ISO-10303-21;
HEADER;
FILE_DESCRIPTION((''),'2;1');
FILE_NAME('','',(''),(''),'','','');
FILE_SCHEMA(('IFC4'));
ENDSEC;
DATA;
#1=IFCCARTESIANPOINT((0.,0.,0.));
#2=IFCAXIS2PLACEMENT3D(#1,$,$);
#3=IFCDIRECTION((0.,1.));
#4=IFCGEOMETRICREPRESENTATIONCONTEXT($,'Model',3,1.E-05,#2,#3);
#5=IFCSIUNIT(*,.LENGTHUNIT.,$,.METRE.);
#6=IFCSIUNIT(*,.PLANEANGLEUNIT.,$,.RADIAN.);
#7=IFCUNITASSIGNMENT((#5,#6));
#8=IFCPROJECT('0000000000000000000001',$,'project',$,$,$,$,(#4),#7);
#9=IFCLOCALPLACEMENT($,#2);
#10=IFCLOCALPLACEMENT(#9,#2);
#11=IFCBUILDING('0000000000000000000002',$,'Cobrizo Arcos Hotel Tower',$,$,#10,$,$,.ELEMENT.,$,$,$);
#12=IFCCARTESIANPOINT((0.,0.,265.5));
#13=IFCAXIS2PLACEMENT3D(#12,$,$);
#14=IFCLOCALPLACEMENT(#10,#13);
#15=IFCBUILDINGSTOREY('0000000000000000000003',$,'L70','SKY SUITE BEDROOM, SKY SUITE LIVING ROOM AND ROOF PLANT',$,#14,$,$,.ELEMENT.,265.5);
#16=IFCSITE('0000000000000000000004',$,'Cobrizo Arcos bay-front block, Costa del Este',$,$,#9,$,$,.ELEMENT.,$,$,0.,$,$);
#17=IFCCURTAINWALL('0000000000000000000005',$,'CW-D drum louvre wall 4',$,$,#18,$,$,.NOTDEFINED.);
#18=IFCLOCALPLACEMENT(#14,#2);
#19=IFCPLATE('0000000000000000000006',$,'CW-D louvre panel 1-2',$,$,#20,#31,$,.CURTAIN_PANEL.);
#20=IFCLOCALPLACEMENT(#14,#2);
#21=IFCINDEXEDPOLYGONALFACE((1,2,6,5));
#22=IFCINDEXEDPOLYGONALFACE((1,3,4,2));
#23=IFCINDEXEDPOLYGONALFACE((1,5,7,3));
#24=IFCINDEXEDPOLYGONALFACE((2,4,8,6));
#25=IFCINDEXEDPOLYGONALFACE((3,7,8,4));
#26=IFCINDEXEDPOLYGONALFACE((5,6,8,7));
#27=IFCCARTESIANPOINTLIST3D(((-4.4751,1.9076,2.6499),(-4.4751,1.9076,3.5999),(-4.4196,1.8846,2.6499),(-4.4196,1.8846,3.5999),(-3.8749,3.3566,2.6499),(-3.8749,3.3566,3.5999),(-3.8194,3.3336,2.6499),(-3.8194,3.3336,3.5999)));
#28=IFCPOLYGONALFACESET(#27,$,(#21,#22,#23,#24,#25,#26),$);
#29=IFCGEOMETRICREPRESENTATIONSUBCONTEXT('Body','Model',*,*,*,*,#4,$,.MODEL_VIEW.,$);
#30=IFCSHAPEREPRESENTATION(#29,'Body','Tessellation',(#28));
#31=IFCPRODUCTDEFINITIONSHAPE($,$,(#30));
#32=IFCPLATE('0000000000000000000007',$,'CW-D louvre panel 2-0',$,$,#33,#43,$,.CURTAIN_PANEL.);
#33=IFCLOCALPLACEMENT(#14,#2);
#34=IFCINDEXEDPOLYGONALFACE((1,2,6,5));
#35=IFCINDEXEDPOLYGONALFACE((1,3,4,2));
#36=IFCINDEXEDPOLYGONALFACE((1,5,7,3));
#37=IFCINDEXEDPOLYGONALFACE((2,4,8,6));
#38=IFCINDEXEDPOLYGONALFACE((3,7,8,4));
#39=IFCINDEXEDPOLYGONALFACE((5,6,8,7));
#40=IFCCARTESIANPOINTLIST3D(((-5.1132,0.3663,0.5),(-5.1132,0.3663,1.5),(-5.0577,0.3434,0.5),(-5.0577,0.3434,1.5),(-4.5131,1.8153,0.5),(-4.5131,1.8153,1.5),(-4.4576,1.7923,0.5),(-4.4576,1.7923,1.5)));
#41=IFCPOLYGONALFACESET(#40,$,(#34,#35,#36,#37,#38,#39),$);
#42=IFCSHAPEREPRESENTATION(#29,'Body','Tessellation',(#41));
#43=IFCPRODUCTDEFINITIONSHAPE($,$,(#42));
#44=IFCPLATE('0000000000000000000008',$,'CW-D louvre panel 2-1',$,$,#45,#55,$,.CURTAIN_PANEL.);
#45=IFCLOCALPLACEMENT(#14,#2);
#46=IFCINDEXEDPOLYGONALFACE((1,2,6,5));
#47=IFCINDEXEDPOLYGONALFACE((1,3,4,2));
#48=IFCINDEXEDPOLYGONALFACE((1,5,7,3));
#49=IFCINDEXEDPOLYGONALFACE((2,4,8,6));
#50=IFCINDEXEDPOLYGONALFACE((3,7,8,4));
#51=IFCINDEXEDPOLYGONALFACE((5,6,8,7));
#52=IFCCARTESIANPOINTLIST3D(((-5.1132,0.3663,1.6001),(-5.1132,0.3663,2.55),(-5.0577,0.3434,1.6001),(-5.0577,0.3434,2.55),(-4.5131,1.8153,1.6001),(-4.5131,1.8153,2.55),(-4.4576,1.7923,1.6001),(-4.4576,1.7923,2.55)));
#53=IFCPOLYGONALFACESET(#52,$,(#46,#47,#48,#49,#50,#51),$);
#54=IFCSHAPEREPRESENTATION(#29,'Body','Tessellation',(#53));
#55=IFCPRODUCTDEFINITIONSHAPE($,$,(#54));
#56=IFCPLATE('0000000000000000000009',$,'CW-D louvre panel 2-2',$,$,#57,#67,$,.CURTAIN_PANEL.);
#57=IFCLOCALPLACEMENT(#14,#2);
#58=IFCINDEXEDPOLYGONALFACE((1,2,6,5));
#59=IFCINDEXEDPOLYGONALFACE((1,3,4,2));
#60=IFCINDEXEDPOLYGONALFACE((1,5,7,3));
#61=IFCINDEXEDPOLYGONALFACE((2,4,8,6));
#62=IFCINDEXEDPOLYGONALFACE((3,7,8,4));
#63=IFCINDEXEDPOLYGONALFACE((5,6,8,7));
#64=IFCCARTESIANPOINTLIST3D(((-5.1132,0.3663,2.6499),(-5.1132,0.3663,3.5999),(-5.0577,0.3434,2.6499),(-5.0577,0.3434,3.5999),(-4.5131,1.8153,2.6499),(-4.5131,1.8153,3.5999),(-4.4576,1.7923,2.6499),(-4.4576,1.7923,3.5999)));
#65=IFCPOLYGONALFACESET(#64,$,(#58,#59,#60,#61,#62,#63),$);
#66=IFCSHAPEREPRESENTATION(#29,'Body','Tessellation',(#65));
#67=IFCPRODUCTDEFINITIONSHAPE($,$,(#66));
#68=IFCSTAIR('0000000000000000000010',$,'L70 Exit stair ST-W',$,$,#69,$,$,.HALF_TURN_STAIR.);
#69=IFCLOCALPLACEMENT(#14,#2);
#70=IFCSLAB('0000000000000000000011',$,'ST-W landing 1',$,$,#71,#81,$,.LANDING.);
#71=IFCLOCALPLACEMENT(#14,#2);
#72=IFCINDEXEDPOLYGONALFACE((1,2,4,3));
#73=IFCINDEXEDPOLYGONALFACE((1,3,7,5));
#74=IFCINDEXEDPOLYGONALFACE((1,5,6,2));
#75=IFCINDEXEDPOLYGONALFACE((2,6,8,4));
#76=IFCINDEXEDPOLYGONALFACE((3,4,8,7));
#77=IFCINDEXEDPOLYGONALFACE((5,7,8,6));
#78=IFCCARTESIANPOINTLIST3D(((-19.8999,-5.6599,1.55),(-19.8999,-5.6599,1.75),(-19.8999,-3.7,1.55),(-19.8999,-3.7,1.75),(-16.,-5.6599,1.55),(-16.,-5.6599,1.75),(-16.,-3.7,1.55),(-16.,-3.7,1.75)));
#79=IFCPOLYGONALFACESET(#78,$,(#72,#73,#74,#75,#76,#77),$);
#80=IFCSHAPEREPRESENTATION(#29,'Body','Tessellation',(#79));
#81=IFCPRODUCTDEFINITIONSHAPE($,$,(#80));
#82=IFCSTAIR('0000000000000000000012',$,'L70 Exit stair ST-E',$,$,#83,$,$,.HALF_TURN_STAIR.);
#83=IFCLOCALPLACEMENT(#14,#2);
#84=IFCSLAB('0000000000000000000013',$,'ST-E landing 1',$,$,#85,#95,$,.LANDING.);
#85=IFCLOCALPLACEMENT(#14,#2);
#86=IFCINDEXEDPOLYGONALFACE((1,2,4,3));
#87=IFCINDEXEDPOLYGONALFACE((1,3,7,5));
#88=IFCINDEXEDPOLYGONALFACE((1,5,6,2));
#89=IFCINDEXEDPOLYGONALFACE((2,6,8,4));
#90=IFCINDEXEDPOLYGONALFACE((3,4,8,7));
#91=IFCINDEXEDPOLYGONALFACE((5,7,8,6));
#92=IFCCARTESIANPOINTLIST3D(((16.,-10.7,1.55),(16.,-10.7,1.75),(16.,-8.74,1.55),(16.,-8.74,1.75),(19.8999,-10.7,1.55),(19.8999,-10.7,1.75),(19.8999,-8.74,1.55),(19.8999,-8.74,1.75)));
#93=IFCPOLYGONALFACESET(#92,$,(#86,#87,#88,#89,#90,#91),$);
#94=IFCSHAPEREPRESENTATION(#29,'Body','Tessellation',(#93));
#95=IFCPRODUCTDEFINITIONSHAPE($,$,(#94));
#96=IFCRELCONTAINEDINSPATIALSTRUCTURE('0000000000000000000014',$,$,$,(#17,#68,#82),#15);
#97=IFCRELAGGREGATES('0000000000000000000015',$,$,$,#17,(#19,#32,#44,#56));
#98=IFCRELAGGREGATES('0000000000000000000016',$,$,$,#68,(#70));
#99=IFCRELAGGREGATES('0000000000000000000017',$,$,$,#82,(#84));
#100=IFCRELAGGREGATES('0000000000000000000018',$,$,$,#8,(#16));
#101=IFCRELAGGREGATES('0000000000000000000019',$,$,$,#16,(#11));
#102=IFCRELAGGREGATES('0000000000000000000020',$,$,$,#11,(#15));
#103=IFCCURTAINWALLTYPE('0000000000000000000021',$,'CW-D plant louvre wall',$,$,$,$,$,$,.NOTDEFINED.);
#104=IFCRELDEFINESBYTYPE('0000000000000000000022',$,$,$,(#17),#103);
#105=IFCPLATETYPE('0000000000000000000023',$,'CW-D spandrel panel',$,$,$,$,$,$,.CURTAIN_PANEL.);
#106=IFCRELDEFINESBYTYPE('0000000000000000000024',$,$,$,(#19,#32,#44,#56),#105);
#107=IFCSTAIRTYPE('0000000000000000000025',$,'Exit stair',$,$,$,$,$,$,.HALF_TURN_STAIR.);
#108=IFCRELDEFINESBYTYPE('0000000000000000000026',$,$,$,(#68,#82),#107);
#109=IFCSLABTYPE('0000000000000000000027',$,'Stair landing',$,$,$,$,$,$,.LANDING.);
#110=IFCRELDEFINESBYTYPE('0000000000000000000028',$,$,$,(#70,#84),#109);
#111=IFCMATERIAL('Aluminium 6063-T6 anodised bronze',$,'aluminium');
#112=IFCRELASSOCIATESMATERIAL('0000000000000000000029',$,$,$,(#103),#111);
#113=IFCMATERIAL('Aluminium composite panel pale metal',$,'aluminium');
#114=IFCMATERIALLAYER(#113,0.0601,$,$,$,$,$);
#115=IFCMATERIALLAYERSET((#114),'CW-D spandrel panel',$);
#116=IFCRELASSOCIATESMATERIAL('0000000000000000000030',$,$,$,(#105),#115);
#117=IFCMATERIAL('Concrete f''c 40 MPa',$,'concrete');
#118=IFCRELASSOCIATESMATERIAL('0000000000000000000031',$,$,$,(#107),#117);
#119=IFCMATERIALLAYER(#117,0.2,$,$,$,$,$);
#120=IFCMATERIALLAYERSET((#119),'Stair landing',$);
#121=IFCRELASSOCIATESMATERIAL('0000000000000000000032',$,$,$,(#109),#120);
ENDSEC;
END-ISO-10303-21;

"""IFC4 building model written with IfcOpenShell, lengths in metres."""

from ifc_helpers import new_model, si_unit, direction, frame, origin, origin_2d, place, context, subcontext, project, spatial, polyline, rectangle, outline, extrude, material, layer, layer_set, type_object, element, aggregate, save


model = new_model("IFC4")

# Units and contexts
model_context = context("Model", 3, precision=1e-05, world=origin(), true_north=direction((0.0, 1.0)))
body_context = subcontext(model_context, "Body", "Model", "MODEL_VIEW")
ifc_project = project(units=[si_unit("LENGTHUNIT", "METRE"), si_unit("PLANEANGLEUNIT", "RADIAN")], contexts=[model_context])

# Site, building, storey
site_placement = place(None, origin())
site = spatial("IfcSite", under=ifc_project, at=site_placement, Name="Cobrizo Arcos bay-front block, Costa del Este", CompositionType="ELEMENT", RefElevation=0.0)
building_placement = place(site_placement, origin())
building = spatial("IfcBuilding", under=site, at=building_placement, Name="Cobrizo Arcos Hotel Tower", CompositionType="ELEMENT")
storey_placement = place(building_placement, frame((0.0, 0.0, 265.5)))
storey = spatial("IfcBuildingStorey", under=building, at=storey_placement, Name="L70", Description="SKY SUITE BEDROOM, SKY SUITE LIVING ROOM AND ROOF PLANT", CompositionType="ELEMENT", Elevation=265.5)

# Curtain wall
ifc_material_1 = material(Name="Aluminium 6063-T6 anodised bronze", Category="aluminium")
curtain_wall_type = type_object("IfcCurtainWallType", Name="CW-D plant louvre wall", PredefinedType="NOTDEFINED", material=ifc_material_1)
curtain_wall_1_placement = place(storey_placement, origin())
curtain_wall_1 = element("IfcCurtainWall", 1, at=curtain_wall_1_placement, inside=storey, type_object=curtain_wall_type, Name="CW-D drum louvre wall 4", PredefinedType="NOTDEFINED")

# Shared definitions
ifc_material_2 = material(Name="Aluminium composite panel pale metal", Category="aluminium")
ifc_layer_1 = layer(ifc_material_2, 0.0601)
ifc_layer_set_1 = layer_set([ifc_layer_1], Name="CW-D spandrel panel")
plate_type = type_object("IfcPlateType", Name="CW-D spandrel panel", PredefinedType="CURTAIN_PANEL", material=ifc_layer_set_1)

# Plates
plate_1_placement = place(storey_placement, frame((-4.1472, 2.6206, 2.6499), z_axis=(0.0, 0.0, 1.0), x_axis=(-0.382683, -0.92388, 0.0)))
plate_1 = element("IfcPlate", 2, at=plate_1_placement, type_object=plate_type, Name="CW-D louvre panel 1-2", PredefinedType="CURTAIN_PANEL", context=body_context, shape_type="SweptSolid", body=[
    extrude(rectangle(XDim=1.5684, YDim=0.0601, at=origin_2d()), origin(), (0.0, 0.0, 1.0), 0.95),
])
plate_2_placement = place(storey_placement, frame((-4.7854, 1.0793, 0.5), z_axis=(0.0, 0.0, 1.0), x_axis=(-0.382683, -0.92388, 0.0)))
plate_2 = element("IfcPlate", 3, at=plate_2_placement, type_object=plate_type, Name="CW-D louvre panel 2-0", PredefinedType="CURTAIN_PANEL", context=body_context, shape_type="SweptSolid", body=[
    extrude(rectangle(XDim=1.5684, YDim=0.0601, at=origin_2d()), origin(), (0.0, 0.0, 1.0), 1.0),
])
plate_3_placement = place(storey_placement, frame((-4.7854, 1.0793, 1.6001), z_axis=(0.0, 0.0, 1.0), x_axis=(-0.382683, -0.92388, 0.0)))
plate_3 = element("IfcPlate", 4, at=plate_3_placement, type_object=plate_type, Name="CW-D louvre panel 2-1", PredefinedType="CURTAIN_PANEL", context=body_context, shape_type="SweptSolid", body=[
    extrude(rectangle(XDim=1.5684, YDim=0.0601, at=origin_2d()), origin(), (0.0, 0.0, 1.0), 0.95),
])
plate_4_placement = place(storey_placement, frame((-4.7854, 1.0793, 2.6499), z_axis=(0.0, 0.0, 1.0), x_axis=(-0.382683, -0.92388, 0.0)))
plate_4 = element("IfcPlate", 5, at=plate_4_placement, type_object=plate_type, Name="CW-D louvre panel 2-2", PredefinedType="CURTAIN_PANEL", context=body_context, shape_type="SweptSolid", body=[
    extrude(rectangle(XDim=1.5684, YDim=0.0601, at=origin_2d()), origin(), (0.0, 0.0, 1.0), 0.95),
])
aggregate(curtain_wall_1, [plate_1, plate_2, plate_3, plate_4])

# Stairs, slabs
ifc_material_3 = material(Name="Concrete f'c 40 MPa", Category="concrete")
stair_type = type_object("IfcStairType", Name="Exit stair", PredefinedType="HALF_TURN_STAIR", material=ifc_material_3)
stair_1_placement = place(storey_placement, origin())
stair_1 = element("IfcStair", 6, at=stair_1_placement, inside=storey, type_object=stair_type, Name="L70 Exit stair ST-W", PredefinedType="HALF_TURN_STAIR")
ifc_layer_2 = layer(ifc_material_3, 0.2)
ifc_layer_set_2 = layer_set([ifc_layer_2], Name="Stair landing")
slab_type = type_object("IfcSlabType", Name="Stair landing", PredefinedType="LANDING", material=ifc_layer_set_2)
slab_1_placement = place(storey_placement, frame((0.0, 0.0, 1.55)))
slab_1 = element("IfcSlab", 7, at=slab_1_placement, type_object=slab_type, Name="ST-W landing 1", PredefinedType="LANDING", context=body_context, shape_type="SweptSolid", body=[
    extrude(outline(polyline([(-16.0, -5.6599), (-16.0, -3.7), (-19.8999, -3.7), (-19.8999, -5.6599), (-16.0, -5.6599)])), origin(), (0.0, 0.0, 1.0), 0.2),
])
aggregate(stair_1, [slab_1])
stair_2_placement = place(storey_placement, origin())
stair_2 = element("IfcStair", 8, at=stair_2_placement, inside=storey, type_object=stair_type, Name="L70 Exit stair ST-E", PredefinedType="HALF_TURN_STAIR")
slab_2_placement = place(storey_placement, frame((0.0, 0.0, 1.55)))
slab_2 = element("IfcSlab", 9, at=slab_2_placement, type_object=slab_type, Name="ST-E landing 1", PredefinedType="LANDING", context=body_context, shape_type="SweptSolid", body=[
    extrude(outline(polyline([(16.0, -8.74), (16.0, -10.7), (19.8999, -10.7), (19.8999, -8.74), (16.0, -8.74)])), origin(), (0.0, 0.0, 1.0), 0.2),
])
aggregate(stair_2, [slab_2])

save(model, "model.ifc")
